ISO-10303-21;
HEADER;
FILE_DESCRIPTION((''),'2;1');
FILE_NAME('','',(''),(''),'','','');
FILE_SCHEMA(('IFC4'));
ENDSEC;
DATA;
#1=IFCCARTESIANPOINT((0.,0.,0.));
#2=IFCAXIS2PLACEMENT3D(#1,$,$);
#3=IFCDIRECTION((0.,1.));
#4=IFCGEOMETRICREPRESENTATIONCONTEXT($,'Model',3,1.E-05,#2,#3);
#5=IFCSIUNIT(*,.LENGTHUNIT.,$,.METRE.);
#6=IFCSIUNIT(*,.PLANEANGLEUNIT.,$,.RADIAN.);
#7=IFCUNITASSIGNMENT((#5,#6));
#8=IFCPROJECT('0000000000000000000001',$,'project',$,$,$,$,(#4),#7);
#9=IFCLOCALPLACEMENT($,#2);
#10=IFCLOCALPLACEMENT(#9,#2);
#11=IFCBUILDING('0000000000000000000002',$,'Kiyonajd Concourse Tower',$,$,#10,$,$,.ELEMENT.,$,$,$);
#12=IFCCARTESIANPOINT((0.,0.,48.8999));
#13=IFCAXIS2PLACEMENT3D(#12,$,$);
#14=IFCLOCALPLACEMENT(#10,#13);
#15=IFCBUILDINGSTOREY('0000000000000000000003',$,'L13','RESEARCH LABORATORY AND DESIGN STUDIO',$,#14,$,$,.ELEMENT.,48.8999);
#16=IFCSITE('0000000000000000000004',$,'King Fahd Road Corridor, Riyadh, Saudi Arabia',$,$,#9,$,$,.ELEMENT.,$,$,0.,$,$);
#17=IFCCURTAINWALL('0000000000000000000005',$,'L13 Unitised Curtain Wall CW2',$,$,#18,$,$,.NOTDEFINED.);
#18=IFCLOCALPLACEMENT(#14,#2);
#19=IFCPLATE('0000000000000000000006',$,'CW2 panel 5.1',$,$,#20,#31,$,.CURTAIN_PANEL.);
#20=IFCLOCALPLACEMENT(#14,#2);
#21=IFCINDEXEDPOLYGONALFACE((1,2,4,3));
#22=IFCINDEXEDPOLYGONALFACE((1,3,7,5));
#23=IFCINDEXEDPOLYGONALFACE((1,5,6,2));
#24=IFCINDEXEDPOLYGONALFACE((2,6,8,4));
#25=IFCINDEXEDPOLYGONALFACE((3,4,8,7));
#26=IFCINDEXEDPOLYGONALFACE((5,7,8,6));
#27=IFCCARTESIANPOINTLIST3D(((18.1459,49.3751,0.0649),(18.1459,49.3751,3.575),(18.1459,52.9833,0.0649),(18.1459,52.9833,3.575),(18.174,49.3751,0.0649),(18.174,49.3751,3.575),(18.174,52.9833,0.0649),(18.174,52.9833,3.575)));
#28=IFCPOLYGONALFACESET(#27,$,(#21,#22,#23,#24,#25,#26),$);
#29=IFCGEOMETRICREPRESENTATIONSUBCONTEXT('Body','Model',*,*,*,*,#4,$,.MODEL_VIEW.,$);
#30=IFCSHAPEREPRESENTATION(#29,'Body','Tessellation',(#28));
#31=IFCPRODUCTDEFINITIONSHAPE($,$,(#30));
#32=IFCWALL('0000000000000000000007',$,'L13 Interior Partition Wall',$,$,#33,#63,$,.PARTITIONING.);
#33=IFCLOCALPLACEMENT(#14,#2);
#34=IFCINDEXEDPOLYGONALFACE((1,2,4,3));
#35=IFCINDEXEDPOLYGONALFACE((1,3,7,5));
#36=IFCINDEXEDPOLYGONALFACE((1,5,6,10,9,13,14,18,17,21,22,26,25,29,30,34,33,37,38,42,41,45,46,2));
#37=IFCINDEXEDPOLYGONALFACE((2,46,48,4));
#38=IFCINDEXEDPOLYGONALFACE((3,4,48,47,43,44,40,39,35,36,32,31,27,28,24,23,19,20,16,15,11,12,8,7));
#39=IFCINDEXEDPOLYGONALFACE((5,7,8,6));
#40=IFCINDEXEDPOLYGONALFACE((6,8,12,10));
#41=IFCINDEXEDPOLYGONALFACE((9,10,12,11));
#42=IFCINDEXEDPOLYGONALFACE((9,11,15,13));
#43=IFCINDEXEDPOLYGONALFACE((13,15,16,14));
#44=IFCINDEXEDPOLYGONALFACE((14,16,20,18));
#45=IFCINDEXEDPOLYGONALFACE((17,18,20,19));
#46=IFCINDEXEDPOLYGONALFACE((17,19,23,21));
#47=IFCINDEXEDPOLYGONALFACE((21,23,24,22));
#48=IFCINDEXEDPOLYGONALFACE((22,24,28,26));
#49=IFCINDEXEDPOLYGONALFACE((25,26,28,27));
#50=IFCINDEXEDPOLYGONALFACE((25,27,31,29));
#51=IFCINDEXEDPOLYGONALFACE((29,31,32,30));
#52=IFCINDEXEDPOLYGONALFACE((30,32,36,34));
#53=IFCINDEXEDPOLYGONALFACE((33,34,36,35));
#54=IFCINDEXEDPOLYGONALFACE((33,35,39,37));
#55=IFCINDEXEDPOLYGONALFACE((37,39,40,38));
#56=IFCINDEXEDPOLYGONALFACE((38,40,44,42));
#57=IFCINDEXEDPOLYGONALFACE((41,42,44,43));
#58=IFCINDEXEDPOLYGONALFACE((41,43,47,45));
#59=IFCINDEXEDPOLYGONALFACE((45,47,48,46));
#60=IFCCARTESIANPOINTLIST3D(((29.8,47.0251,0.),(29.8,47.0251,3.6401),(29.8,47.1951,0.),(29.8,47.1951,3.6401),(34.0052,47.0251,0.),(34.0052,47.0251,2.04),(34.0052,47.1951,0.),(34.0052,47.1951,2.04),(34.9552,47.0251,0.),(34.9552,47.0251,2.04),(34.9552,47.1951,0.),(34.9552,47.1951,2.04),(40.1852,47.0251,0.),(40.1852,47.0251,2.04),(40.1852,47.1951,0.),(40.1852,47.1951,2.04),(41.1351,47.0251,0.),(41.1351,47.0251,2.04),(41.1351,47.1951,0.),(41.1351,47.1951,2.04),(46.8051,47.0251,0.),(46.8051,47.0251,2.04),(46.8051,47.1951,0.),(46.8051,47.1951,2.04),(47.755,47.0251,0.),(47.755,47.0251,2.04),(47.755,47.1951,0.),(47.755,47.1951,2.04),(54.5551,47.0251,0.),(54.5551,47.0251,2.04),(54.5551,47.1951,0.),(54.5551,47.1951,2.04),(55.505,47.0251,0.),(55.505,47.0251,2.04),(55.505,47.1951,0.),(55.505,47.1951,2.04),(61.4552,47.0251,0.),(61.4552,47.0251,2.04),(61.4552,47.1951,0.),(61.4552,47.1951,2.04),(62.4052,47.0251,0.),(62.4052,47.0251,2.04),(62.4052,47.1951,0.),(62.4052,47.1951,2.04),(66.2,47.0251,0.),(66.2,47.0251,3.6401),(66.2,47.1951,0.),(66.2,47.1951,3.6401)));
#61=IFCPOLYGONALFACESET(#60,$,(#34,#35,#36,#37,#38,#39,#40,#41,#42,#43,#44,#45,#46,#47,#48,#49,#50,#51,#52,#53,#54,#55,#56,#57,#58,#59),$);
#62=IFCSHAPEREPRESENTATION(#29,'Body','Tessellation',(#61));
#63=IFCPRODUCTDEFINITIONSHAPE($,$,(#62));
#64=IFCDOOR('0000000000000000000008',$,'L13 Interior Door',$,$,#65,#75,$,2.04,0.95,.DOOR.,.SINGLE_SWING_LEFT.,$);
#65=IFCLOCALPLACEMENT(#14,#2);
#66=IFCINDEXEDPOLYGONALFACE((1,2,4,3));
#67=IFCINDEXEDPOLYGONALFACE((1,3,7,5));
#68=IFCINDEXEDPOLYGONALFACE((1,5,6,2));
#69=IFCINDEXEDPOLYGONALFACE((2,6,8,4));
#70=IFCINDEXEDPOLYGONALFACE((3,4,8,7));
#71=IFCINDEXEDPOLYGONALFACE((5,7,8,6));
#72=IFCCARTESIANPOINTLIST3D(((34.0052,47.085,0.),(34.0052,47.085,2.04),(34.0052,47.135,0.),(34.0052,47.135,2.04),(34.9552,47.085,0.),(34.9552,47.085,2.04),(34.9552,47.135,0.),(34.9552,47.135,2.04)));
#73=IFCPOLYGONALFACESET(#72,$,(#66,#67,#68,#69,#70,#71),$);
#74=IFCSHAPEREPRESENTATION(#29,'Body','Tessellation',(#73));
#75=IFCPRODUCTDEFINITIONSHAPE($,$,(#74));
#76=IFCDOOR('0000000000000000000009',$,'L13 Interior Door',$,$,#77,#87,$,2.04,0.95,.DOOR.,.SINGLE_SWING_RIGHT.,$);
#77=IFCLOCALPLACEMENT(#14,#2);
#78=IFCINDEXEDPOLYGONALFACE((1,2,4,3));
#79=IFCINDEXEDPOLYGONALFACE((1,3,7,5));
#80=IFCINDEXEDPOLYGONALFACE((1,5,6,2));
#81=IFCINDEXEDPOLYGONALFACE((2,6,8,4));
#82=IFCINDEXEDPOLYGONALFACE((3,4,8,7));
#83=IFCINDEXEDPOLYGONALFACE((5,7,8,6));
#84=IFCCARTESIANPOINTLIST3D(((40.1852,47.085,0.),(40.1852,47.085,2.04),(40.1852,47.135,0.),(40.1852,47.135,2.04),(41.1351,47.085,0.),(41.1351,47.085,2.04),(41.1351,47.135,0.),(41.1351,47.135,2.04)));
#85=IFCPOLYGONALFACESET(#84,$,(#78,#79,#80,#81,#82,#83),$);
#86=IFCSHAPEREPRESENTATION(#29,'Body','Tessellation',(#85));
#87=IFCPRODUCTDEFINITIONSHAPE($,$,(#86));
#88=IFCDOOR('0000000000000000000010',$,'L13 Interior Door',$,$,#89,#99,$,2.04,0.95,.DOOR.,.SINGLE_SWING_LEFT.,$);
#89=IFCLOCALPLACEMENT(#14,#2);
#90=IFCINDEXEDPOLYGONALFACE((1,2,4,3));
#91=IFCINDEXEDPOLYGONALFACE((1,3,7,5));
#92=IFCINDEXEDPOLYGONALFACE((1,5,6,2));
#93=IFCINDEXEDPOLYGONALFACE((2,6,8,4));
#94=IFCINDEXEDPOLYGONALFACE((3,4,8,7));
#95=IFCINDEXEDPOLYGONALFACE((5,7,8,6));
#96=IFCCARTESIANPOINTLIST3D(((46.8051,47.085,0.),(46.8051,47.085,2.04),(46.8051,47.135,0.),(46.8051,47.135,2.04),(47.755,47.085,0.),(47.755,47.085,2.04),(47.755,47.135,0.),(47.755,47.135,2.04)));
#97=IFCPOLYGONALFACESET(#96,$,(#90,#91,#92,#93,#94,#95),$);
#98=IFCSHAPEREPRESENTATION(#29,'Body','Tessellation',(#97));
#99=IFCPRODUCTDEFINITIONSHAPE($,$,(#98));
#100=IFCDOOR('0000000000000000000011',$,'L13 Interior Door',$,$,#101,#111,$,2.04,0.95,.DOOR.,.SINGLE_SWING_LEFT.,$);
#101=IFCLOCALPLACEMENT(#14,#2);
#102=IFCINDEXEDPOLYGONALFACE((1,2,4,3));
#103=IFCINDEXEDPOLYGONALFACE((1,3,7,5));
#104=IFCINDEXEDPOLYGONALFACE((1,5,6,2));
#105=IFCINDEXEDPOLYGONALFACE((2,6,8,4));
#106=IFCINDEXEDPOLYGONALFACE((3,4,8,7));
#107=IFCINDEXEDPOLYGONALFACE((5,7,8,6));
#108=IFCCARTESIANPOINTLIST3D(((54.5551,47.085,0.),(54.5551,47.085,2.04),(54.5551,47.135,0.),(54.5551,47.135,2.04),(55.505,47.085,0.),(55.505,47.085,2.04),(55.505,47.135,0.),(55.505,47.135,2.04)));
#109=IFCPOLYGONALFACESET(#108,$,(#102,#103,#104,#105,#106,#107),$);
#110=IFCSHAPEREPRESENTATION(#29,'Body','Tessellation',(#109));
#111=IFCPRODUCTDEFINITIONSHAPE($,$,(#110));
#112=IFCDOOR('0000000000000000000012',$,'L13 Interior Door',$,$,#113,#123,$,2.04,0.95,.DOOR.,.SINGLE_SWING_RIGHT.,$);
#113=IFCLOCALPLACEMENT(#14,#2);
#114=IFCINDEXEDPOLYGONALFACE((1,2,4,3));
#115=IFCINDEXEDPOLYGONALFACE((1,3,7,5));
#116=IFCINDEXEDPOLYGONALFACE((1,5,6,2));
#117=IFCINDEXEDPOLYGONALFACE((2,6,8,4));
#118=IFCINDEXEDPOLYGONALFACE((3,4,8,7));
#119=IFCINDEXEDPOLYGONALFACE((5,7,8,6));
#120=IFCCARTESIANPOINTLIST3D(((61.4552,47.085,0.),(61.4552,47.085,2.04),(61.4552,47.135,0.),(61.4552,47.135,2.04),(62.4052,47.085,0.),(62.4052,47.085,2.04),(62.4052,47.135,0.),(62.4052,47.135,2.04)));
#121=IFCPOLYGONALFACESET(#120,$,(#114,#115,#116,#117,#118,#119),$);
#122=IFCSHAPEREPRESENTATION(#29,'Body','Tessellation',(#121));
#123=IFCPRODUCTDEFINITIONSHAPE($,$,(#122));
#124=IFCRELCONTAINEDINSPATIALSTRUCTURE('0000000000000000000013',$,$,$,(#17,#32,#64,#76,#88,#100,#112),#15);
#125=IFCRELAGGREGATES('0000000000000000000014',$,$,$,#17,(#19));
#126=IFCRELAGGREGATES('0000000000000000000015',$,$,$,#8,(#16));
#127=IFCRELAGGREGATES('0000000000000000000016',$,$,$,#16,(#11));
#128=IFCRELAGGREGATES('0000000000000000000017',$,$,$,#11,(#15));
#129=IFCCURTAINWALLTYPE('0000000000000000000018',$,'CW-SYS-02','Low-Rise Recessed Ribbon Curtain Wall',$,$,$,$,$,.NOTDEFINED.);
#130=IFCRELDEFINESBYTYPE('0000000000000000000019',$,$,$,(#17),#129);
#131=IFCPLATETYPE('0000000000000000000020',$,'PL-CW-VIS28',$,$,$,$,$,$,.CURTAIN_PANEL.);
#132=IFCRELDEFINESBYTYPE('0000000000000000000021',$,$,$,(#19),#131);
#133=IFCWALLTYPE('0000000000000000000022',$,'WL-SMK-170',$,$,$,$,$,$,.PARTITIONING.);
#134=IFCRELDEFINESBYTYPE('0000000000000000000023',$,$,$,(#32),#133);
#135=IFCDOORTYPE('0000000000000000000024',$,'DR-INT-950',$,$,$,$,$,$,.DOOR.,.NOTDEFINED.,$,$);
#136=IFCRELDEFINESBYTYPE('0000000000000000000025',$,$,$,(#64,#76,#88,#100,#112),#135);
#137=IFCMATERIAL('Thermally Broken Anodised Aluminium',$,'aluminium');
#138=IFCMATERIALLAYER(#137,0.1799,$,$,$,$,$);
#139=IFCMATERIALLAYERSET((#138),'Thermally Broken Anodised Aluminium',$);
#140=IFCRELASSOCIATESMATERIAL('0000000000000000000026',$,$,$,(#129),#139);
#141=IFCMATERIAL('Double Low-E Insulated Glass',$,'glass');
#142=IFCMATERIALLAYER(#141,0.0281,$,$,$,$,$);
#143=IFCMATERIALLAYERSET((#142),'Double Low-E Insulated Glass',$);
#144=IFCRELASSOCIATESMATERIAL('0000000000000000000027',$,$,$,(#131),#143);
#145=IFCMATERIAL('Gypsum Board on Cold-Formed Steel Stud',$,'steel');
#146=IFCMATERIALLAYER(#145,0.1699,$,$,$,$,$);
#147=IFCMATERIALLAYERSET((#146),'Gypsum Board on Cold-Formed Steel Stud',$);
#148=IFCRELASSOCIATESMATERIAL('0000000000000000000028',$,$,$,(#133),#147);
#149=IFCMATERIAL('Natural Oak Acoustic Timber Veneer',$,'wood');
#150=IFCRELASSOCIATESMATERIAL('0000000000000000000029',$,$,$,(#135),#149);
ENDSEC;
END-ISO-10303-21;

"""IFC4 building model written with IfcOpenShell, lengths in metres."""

from ifc_helpers import new_model, si_unit, direction, frame, frame_2d, origin, origin_2d, place, context, subcontext, project, spatial, rectangle, extrude, material, layer, layer_set, type_object, element, fill, aggregate, save


model = new_model("IFC4")

# Units and contexts
model_context = context("Model", 3, precision=1e-05, world=origin(), true_north=direction((0.0, 1.0)))
body_context = subcontext(model_context, "Body", "Model", "MODEL_VIEW")
ifc_project = project(units=[si_unit("LENGTHUNIT", "METRE"), si_unit("PLANEANGLEUNIT", "RADIAN")], contexts=[model_context])

# Site, building, storey
site_placement = place(None, origin())
site = spatial("IfcSite", under=ifc_project, at=site_placement, Name="King Fahd Road Corridor, Riyadh, Saudi Arabia", CompositionType="ELEMENT", RefElevation=0.0)
building_placement = place(site_placement, origin())
building = spatial("IfcBuilding", under=site, at=building_placement, Name="Kiyonajd Concourse Tower", CompositionType="ELEMENT")
storey_placement = place(building_placement, frame((0.0, 0.0, 48.8999)))
storey = spatial("IfcBuildingStorey", under=building, at=storey_placement, Name="L13", Description="RESEARCH LABORATORY AND DESIGN STUDIO", CompositionType="ELEMENT", Elevation=48.8999)

# Curtain wall, plate
ifc_material_1 = material(Name="Thermally Broken Anodised Aluminium", Category="aluminium")
ifc_layer_1 = layer(ifc_material_1, 0.1799)
ifc_layer_set_1 = layer_set([ifc_layer_1], Name="Thermally Broken Anodised Aluminium")
curtain_wall_type = type_object("IfcCurtainWallType", Name="CW-SYS-02", Description="Low-Rise Recessed Ribbon Curtain Wall", PredefinedType="NOTDEFINED", material=ifc_layer_set_1)
curtain_wall_placement = place(storey_placement, origin())
curtain_wall = element("IfcCurtainWall", 1, at=curtain_wall_placement, inside=storey, type_object=curtain_wall_type, Name="L13 Unitised Curtain Wall CW2", PredefinedType="NOTDEFINED")
ifc_material_2 = material(Name="Double Low-E Insulated Glass", Category="glass")
ifc_layer_2 = layer(ifc_material_2, 0.0281)
ifc_layer_set_2 = layer_set([ifc_layer_2], Name="Double Low-E Insulated Glass")
plate_type = type_object("IfcPlateType", Name="PL-CW-VIS28", PredefinedType="CURTAIN_PANEL", material=ifc_layer_set_2)
plate_1_placement = place(storey_placement, frame((18.1599, 51.1792, 0.0649), z_axis=(0.0, 0.0, 1.0), x_axis=(0.0, 1.0, 0.0)))
plate_1 = element("IfcPlate", 2, at=plate_1_placement, type_object=plate_type, Name="CW2 panel 5.1", PredefinedType="CURTAIN_PANEL", context=body_context, shape_type="SweptSolid", body=[
    extrude(rectangle(XDim=3.6082, YDim=0.0281, at=origin_2d()), origin(), (0.0, 0.0, 1.0), 3.51),
])
aggregate(curtain_wall, [plate_1])

# Wall, openings, doors
ifc_material_3 = material(Name="Gypsum Board on Cold-Formed Steel Stud", Category="steel")
ifc_layer_3 = layer(ifc_material_3, 0.1699)
ifc_layer_set_3 = layer_set([ifc_layer_3], Name="Gypsum Board on Cold-Formed Steel Stud")
wall_type = type_object("IfcWallType", Name="WL-SMK-170", PredefinedType="PARTITIONING", material=ifc_layer_set_3)
wall_placement = place(storey_placement, frame((29.8, 47.1101, 0.0), z_axis=(0.0, 0.0, 1.0), x_axis=(1.0, 0.0, 0.0)))
wall = element("IfcWall", 3, at=wall_placement, inside=storey, type_object=wall_type, Name="L13 Interior Partition Wall", PredefinedType="PARTITIONING", context=body_context, shape_type="SweptSolid", body=[
    extrude(rectangle(XDim=36.3999, YDim=0.1699, at=frame_2d((18.2, 0.0))), origin(), (0.0, 0.0, 1.0), 3.6401),
])
opening_1_placement = place(wall_placement, frame((4.2051, 0.0, 0.0)))
opening_1 = element("IfcOpeningElement", 4, at=opening_1_placement, cuts=wall, PredefinedType="OPENING", context=body_context, shape_type="SweptSolid", body=[
    extrude(rectangle(XDim=0.95, YDim=2.04, at=frame_2d((0.4751, 1.02))), frame((0.0, 0.095, 0.0), z_axis=(0.0, -1.0, 0.0), x_axis=(1.0, 0.0, 0.0)), (0.0, 0.0, 1.0), 0.1899),
])
opening_2_placement = place(wall_placement, frame((10.385, 0.0, 0.0)))
opening_2 = element("IfcOpeningElement", 5, at=opening_2_placement, cuts=wall, PredefinedType="OPENING", context=body_context, shape_type="SweptSolid", body=[
    extrude(rectangle(XDim=0.95, YDim=2.04, at=frame_2d((0.4751, 1.02))), frame((0.0, 0.095, 0.0), z_axis=(0.0, -1.0, 0.0), x_axis=(1.0, 0.0, 0.0)), (0.0, 0.0, 1.0), 0.1899),
])
opening_3_placement = place(wall_placement, frame((17.0049, 0.0, 0.0)))
opening_3 = element("IfcOpeningElement", 6, at=opening_3_placement, cuts=wall, PredefinedType="OPENING", context=body_context, shape_type="SweptSolid", body=[
    extrude(rectangle(XDim=0.95, YDim=2.04, at=frame_2d((0.4751, 1.02))), frame((0.0, 0.095, 0.0), z_axis=(0.0, -1.0, 0.0), x_axis=(1.0, 0.0, 0.0)), (0.0, 0.0, 1.0), 0.1899),
])
opening_4_placement = place(wall_placement, frame((24.7549, 0.0, 0.0)))
opening_4 = element("IfcOpeningElement", 7, at=opening_4_placement, cuts=wall, PredefinedType="OPENING", context=body_context, shape_type="SweptSolid", body=[
    extrude(rectangle(XDim=0.95, YDim=2.04, at=frame_2d((0.4751, 1.02))), frame((0.0, 0.095, 0.0), z_axis=(0.0, -1.0, 0.0), x_axis=(1.0, 0.0, 0.0)), (0.0, 0.0, 1.0), 0.1899),
])
opening_5_placement = place(wall_placement, frame((31.655, 0.0, 0.0)))
opening_5 = element("IfcOpeningElement", 8, at=opening_5_placement, cuts=wall, PredefinedType="OPENING", context=body_context, shape_type="SweptSolid", body=[
    extrude(rectangle(XDim=0.95, YDim=2.04, at=frame_2d((0.4751, 1.02))), frame((0.0, 0.095, 0.0), z_axis=(0.0, -1.0, 0.0), x_axis=(1.0, 0.0, 0.0)), (0.0, 0.0, 1.0), 0.1899),
])
ifc_material_4 = material(Name="Natural Oak Acoustic Timber Veneer", Category="wood")
door_type = type_object("IfcDoorType", Name="DR-INT-950", OperationType="NOTDEFINED", PredefinedType="DOOR", material=ifc_material_4)
door_1_placement = place(opening_1_placement, origin())
door_1 = element("IfcDoor", 9, at=door_1_placement, inside=storey, type_object=door_type, Name="L13 Interior Door", OperationType="SINGLE_SWING_LEFT", OverallHeight=2.04, OverallWidth=0.95, PredefinedType="DOOR", context=body_context, shape_type="SweptSolid", body=[
    extrude(rectangle(XDim=0.95, YDim=2.04, at=frame_2d((0.4751, 1.02))), frame((0.0, 0.0249, 0.0), z_axis=(0.0, -1.0, 0.0), x_axis=(1.0, 0.0, 0.0)), (0.0, 0.0, 1.0), 0.05),
])
fill(opening_1, door_1)
door_2_placement = place(opening_2_placement, origin())
door_2 = element("IfcDoor", 10, at=door_2_placement, inside=storey, type_object=door_type, Name="L13 Interior Door", OperationType="SINGLE_SWING_RIGHT", OverallHeight=2.04, OverallWidth=0.95, PredefinedType="DOOR", context=body_context, shape_type="SweptSolid", body=[
    extrude(rectangle(XDim=0.95, YDim=2.04, at=frame_2d((0.4751, 1.02))), frame((0.0, 0.0249, 0.0), z_axis=(0.0, -1.0, 0.0), x_axis=(1.0, 0.0, 0.0)), (0.0, 0.0, 1.0), 0.05),
])
fill(opening_2, door_2)
door_3_placement = place(opening_3_placement, origin())
door_3 = element("IfcDoor", 11, at=door_3_placement, inside=storey, type_object=door_type, Name="L13 Interior Door", OperationType="SINGLE_SWING_LEFT", OverallHeight=2.04, OverallWidth=0.95, PredefinedType="DOOR", context=body_context, shape_type="SweptSolid", body=[
    extrude(rectangle(XDim=0.95, YDim=2.04, at=frame_2d((0.4751, 1.02))), frame((0.0, 0.0249, 0.0), z_axis=(0.0, -1.0, 0.0), x_axis=(1.0, 0.0, 0.0)), (0.0, 0.0, 1.0), 0.05),
])
fill(opening_3, door_3)
door_4_placement = place(opening_4_placement, origin())
door_4 = element("IfcDoor", 12, at=door_4_placement, inside=storey, type_object=door_type, Name="L13 Interior Door", OperationType="SINGLE_SWING_LEFT", OverallHeight=2.04, OverallWidth=0.95, PredefinedType="DOOR", context=body_context, shape_type="SweptSolid", body=[
    extrude(rectangle(XDim=0.95, YDim=2.04, at=frame_2d((0.4751, 1.02))), frame((0.0, 0.0249, 0.0), z_axis=(0.0, -1.0, 0.0), x_axis=(1.0, 0.0, 0.0)), (0.0, 0.0, 1.0), 0.05),
])
fill(opening_4, door_4)
door_5_placement = place(opening_5_placement, origin())
door_5 = element("IfcDoor", 13, at=door_5_placement, inside=storey, type_object=door_type, Name="L13 Interior Door", OperationType="SINGLE_SWING_RIGHT", OverallHeight=2.04, OverallWidth=0.95, PredefinedType="DOOR", context=body_context, shape_type="SweptSolid", body=[
    extrude(rectangle(XDim=0.95, YDim=2.04, at=frame_2d((0.4751, 1.02))), frame((0.0, 0.0249, 0.0), z_axis=(0.0, -1.0, 0.0), x_axis=(1.0, 0.0, 0.0)), (0.0, 0.0, 1.0), 0.05),
])
fill(opening_5, door_5)

save(model, "model.ifc")
